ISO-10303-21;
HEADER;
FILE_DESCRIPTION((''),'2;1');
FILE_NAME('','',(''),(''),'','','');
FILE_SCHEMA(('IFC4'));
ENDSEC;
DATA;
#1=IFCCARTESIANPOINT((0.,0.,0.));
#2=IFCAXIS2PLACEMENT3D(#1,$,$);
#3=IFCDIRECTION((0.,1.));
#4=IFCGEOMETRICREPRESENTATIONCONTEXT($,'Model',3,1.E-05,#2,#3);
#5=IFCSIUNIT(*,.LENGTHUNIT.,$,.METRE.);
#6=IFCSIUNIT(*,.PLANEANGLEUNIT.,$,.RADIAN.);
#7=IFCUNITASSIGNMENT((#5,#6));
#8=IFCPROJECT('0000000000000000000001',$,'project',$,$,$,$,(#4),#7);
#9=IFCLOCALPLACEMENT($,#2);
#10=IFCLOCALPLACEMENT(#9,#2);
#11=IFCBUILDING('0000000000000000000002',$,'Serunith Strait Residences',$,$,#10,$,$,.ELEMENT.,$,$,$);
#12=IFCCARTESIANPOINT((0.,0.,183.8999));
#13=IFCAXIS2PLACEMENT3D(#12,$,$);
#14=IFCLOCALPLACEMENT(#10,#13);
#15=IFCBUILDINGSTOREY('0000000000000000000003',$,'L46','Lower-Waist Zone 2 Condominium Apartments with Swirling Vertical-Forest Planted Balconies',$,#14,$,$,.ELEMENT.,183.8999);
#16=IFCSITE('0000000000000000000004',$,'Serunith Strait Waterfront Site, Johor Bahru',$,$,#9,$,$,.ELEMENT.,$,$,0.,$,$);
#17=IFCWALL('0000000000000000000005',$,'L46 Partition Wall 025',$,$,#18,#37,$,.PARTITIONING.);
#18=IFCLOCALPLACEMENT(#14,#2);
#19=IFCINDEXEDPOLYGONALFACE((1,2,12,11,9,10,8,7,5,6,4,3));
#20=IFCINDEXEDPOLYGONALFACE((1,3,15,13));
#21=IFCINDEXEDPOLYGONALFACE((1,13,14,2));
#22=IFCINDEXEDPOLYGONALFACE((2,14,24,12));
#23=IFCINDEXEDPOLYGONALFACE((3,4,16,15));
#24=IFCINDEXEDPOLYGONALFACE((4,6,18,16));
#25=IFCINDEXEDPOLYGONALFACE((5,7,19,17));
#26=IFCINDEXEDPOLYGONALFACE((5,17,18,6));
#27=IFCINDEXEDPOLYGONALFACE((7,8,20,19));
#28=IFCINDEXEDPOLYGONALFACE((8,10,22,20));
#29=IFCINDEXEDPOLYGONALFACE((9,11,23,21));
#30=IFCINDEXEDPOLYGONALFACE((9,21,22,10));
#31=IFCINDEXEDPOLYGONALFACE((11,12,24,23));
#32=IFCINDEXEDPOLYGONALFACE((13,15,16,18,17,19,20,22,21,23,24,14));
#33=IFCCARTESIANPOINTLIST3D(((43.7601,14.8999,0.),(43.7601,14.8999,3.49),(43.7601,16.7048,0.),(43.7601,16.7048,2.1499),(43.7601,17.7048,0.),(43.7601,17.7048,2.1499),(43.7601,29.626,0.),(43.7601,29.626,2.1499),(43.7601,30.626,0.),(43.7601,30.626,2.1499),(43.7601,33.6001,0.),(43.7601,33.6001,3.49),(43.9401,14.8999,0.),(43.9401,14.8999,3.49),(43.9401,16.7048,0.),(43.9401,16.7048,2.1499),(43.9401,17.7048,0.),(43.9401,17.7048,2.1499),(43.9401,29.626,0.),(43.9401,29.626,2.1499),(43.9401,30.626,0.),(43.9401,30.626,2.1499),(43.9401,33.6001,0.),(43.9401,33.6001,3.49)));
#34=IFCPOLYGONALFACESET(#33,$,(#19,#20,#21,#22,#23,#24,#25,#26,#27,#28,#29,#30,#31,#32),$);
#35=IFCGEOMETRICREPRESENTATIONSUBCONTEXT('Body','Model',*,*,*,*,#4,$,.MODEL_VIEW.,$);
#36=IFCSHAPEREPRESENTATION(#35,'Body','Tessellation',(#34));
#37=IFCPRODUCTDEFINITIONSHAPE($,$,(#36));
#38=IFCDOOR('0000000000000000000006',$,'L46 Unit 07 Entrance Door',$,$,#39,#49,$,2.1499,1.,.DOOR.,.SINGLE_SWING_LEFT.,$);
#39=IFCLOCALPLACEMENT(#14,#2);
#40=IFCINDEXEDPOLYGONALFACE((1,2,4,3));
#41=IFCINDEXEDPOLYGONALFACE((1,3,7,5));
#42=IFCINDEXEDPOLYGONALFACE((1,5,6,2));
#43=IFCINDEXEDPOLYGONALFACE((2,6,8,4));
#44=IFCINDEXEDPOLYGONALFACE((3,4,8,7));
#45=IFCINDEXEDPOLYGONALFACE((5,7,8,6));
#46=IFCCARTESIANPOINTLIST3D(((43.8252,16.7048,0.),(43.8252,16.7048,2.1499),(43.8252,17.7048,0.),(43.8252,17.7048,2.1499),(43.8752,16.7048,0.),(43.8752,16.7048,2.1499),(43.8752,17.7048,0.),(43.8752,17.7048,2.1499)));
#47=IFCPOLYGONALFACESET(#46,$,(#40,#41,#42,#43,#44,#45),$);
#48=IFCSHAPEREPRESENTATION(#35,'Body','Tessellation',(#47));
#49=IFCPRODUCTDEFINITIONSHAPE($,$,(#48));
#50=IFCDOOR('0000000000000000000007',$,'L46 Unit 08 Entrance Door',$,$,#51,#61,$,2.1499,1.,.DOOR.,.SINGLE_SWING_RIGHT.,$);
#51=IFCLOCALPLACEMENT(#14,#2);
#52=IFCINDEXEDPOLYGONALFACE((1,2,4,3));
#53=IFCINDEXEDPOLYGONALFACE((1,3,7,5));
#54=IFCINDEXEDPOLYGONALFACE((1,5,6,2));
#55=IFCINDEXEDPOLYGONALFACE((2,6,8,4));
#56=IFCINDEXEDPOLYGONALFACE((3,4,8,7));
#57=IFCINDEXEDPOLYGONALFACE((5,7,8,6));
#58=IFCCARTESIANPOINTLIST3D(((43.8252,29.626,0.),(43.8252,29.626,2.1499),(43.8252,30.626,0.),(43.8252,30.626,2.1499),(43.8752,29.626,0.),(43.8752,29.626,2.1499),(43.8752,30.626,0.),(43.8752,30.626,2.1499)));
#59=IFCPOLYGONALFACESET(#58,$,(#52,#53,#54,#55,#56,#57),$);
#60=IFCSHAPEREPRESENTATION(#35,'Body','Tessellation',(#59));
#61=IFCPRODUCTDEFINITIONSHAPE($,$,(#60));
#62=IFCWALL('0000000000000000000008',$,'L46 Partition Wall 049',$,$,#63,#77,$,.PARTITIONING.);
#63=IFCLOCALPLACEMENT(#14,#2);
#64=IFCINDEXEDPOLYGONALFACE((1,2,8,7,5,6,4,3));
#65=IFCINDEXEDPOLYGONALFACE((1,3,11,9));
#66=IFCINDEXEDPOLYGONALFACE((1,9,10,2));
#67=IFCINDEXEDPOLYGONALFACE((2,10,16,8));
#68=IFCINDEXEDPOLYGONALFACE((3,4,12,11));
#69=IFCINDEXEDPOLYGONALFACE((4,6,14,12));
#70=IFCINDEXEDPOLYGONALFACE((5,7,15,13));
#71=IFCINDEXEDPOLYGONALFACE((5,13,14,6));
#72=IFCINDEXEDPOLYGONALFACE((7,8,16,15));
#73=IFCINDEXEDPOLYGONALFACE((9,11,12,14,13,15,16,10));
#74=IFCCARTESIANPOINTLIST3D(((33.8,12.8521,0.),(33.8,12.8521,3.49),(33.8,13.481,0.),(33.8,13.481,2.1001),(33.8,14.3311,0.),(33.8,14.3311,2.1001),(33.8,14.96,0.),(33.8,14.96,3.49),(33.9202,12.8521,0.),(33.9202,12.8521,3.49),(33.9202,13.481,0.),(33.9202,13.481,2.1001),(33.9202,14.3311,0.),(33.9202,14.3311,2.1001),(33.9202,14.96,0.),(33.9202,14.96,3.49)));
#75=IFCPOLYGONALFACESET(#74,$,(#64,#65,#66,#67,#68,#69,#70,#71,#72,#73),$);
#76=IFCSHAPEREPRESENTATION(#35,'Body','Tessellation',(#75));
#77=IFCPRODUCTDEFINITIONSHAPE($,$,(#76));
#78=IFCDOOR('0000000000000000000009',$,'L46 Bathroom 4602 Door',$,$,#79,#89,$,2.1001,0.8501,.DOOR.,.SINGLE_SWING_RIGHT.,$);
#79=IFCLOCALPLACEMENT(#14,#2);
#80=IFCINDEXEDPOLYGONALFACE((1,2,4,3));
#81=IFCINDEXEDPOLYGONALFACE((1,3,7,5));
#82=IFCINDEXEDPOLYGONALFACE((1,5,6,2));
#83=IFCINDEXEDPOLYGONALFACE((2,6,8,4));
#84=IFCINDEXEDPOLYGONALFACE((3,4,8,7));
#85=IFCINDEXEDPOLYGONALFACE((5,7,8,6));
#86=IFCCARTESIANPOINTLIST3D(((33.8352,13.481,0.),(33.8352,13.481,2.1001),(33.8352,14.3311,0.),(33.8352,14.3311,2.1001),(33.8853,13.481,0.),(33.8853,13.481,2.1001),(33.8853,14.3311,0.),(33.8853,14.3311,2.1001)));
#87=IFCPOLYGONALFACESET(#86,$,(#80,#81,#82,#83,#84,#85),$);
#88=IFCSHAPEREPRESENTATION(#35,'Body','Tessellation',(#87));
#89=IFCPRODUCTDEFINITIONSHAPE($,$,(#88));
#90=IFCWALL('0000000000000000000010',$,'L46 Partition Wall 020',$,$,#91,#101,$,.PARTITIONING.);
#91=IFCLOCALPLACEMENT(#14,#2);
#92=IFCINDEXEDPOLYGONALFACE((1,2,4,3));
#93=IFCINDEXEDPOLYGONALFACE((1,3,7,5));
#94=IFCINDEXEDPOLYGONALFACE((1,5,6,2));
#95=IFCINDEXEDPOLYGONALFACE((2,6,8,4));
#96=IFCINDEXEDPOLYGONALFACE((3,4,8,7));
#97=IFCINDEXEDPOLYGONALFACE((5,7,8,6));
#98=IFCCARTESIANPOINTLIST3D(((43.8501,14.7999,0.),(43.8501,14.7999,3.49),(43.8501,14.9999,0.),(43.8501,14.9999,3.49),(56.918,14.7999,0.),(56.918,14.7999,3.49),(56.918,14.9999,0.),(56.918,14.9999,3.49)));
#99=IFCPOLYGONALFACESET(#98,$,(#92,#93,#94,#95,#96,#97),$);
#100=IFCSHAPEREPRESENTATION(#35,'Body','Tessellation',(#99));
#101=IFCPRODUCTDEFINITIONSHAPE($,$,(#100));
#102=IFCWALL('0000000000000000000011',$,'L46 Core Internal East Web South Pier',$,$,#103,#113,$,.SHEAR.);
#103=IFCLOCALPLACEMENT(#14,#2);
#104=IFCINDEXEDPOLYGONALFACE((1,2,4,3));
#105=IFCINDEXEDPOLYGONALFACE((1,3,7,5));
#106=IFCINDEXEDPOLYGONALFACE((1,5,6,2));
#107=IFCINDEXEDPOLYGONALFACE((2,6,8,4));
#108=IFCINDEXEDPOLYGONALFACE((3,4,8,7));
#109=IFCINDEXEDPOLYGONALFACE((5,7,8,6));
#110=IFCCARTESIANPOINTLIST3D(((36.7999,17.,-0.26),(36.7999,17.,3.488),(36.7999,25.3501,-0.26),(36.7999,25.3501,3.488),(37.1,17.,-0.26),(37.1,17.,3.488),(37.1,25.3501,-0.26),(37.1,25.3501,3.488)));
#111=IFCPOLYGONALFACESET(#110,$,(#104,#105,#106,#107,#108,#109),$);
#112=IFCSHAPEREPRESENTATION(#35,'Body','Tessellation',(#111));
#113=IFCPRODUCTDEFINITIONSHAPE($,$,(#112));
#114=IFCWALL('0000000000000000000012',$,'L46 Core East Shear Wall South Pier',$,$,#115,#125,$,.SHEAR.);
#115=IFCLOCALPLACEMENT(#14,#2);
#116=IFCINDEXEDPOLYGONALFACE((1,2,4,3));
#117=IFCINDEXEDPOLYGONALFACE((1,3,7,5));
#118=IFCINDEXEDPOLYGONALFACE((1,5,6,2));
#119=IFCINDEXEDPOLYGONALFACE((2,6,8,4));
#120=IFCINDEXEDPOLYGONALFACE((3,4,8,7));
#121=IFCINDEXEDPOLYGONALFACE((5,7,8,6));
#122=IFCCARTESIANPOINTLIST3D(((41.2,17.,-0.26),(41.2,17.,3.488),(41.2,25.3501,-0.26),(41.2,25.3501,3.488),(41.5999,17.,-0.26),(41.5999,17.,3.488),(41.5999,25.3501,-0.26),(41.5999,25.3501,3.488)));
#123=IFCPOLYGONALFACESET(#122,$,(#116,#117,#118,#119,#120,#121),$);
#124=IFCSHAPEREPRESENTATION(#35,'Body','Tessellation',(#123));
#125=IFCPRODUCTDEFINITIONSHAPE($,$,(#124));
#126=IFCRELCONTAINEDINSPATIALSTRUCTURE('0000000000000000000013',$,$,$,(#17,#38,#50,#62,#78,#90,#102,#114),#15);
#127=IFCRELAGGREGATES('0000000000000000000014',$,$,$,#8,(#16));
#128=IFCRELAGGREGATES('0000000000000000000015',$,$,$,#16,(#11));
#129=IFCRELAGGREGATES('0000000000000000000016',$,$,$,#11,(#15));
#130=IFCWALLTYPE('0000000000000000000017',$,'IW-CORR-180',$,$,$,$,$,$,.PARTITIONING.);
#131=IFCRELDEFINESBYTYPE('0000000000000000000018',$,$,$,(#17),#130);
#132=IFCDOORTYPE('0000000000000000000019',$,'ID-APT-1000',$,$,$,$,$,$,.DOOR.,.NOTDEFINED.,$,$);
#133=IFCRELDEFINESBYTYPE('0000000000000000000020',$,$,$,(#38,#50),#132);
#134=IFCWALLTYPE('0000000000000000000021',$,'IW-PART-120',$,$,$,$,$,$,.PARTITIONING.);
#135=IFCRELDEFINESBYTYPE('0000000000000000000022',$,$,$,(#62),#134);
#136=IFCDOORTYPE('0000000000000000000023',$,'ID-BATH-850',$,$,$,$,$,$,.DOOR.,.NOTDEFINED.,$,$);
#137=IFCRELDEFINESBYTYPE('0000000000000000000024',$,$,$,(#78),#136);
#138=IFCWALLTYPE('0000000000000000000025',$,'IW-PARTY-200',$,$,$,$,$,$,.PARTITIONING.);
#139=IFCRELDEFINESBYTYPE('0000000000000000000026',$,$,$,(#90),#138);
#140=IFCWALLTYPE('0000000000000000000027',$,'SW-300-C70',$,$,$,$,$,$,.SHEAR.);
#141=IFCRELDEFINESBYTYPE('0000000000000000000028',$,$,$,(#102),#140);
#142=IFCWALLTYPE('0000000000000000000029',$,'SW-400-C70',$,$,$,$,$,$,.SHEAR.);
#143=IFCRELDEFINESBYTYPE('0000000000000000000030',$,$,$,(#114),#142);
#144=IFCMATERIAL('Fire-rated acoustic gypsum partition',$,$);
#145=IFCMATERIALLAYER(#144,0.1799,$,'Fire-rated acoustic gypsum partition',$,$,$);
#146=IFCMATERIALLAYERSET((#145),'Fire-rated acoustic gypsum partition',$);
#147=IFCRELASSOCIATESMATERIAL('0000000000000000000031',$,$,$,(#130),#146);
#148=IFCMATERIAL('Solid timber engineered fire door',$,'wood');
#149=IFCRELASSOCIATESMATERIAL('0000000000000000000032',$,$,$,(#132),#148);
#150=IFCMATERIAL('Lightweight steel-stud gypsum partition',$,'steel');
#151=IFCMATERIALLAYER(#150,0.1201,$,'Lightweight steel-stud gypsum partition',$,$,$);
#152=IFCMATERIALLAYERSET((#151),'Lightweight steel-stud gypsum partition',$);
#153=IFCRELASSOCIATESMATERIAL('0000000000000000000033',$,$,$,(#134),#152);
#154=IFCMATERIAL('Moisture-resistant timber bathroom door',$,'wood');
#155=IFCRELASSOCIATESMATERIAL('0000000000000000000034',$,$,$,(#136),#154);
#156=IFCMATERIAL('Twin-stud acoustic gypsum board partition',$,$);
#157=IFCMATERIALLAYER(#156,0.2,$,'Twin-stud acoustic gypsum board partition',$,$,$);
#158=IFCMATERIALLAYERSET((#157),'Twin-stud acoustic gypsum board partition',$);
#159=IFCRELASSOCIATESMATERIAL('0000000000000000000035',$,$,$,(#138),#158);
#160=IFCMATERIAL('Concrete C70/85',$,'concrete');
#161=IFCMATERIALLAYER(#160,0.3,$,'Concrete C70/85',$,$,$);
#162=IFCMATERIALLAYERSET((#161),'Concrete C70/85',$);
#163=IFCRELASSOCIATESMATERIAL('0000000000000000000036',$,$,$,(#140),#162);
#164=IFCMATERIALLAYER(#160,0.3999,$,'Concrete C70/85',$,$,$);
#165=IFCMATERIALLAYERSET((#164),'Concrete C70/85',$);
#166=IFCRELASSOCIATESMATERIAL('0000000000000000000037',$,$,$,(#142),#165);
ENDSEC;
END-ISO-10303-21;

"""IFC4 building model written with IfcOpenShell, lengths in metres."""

from ifc_helpers import new_model, si_unit, direction, frame, frame_2d, origin, place, context, subcontext, project, spatial, rectangle, extrude, source, transform, mapped, material, layer, layer_set, type_object, element, fill, save


model = new_model("IFC4")

# Units and contexts
model_context = context("Model", 3, precision=1e-05, world=origin(), true_north=direction((0.0, 1.0)))
body_context = subcontext(model_context, "Body", "Model", "MODEL_VIEW")
ifc_project = project(units=[si_unit("LENGTHUNIT", "METRE"), si_unit("PLANEANGLEUNIT", "RADIAN")], contexts=[model_context])

# Site, building, storey
site_placement = place(None, origin())
site = spatial("IfcSite", under=ifc_project, at=site_placement, Name="Serunith Strait Waterfront Site, Johor Bahru", CompositionType="ELEMENT", RefElevation=0.0)
building_placement = place(site_placement, origin())
building = spatial("IfcBuilding", under=site, at=building_placement, Name="Serunith Strait Residences", CompositionType="ELEMENT")
storey_placement = place(building_placement, frame((0.0, 0.0, 183.8999)))
storey = spatial("IfcBuildingStorey", under=building, at=storey_placement, Name="L46", Description="Lower-Waist Zone 2 Condominium Apartments with Swirling Vertical-Forest Planted Balconies", CompositionType="ELEMENT", Elevation=183.8999)

# Wall, openings, doors
ifc_material_1 = material(Name="Fire-rated acoustic gypsum partition")
ifc_layer_1 = layer(ifc_material_1, 0.1799, Name="Fire-rated acoustic gypsum partition")
ifc_layer_set_1 = layer_set([ifc_layer_1], Name="Fire-rated acoustic gypsum partition")
wall_type_1 = type_object("IfcWallType", Name="IW-CORR-180", PredefinedType="PARTITIONING", material=ifc_layer_set_1)
wall_1_placement = place(storey_placement, frame((43.8501, 14.8999, 0.0), z_axis=(0.0, 0.0, 1.0), x_axis=(0.0, 1.0, 0.0)))
wall_1 = element("IfcWall", 1, at=wall_1_placement, inside=storey, type_object=wall_type_1, Name="L46 Partition Wall 025", PredefinedType="PARTITIONING", context=body_context, shape_type="SweptSolid", body=[
    extrude(rectangle(XDim=18.7002, YDim=0.1799, at=frame_2d((9.3501, 0.0))), origin(), (0.0, 0.0, 1.0), 3.49),
])
opening_1_placement = place(wall_1_placement, frame((1.8049, 0.0, 0.0)))
opening_1 = element("IfcOpeningElement", 2, at=opening_1_placement, cuts=wall_1, PredefinedType="OPENING", context=body_context, shape_type="SweptSolid", body=[
    extrude(rectangle(XDim=1.0, YDim=2.1499, at=frame_2d((0.5, 1.075))), frame((0.0, 0.1001, 0.0), z_axis=(0.0, -1.0, 0.0), x_axis=(1.0, 0.0, 0.0)), (0.0, 0.0, 1.0), 0.2),
])
opening_2_placement = place(wall_1_placement, frame((14.7261, 0.0, 0.0)))
opening_2 = element("IfcOpeningElement", 3, at=opening_2_placement, cuts=wall_1, PredefinedType="OPENING", context=body_context, shape_type="SweptSolid", body=[
    extrude(rectangle(XDim=1.0, YDim=2.1499, at=frame_2d((0.5, 1.075))), frame((0.0, 0.1001, 0.0), z_axis=(0.0, -1.0, 0.0), x_axis=(1.0, 0.0, 0.0)), (0.0, 0.0, 1.0), 0.2),
])
ifc_material_2 = material(Name="Solid timber engineered fire door", Category="wood")
door_type_1 = type_object("IfcDoorType", Name="ID-APT-1000", OperationType="NOTDEFINED", PredefinedType="DOOR", material=ifc_material_2)
shared_shape_1 = source(origin(), body_context, "Body", "SweptSolid", [
    extrude(rectangle(XDim=1.0, YDim=2.1499, at=frame_2d((0.5, 1.075))), frame((0.0, 0.0249, 0.0), z_axis=(0.0, -1.0, 0.0), x_axis=(1.0, 0.0, 0.0)), (0.0, 0.0, 1.0), 0.05),
])
door_1_placement = place(opening_1_placement, origin())
door_1 = element("IfcDoor", 4, at=door_1_placement, inside=storey, type_object=door_type_1, Name="L46 Unit 07 Entrance Door", OperationType="SINGLE_SWING_LEFT", OverallHeight=2.1499, OverallWidth=1.0, PredefinedType="DOOR", context=body_context, shape_type="MappedRepresentation", body=[
    mapped(shared_shape_1, transform((0.0, 0.0, 0.0), scale=1.0)),
])
fill(opening_1, door_1)
door_2_placement = place(opening_2_placement, origin())
door_2 = element("IfcDoor", 5, at=door_2_placement, inside=storey, type_object=door_type_1, Name="L46 Unit 08 Entrance Door", OperationType="SINGLE_SWING_RIGHT", OverallHeight=2.1499, OverallWidth=1.0, PredefinedType="DOOR", context=body_context, shape_type="MappedRepresentation", body=[
    mapped(shared_shape_1, transform((0.0, 0.0, 0.0), scale=1.0)),
])
fill(opening_2, door_2)

# Wall, opening, door
ifc_material_3 = material(Name="Lightweight steel-stud gypsum partition", Category="steel")
ifc_layer_2 = layer(ifc_material_3, 0.1201, Name="Lightweight steel-stud gypsum partition")
ifc_layer_set_2 = layer_set([ifc_layer_2], Name="Lightweight steel-stud gypsum partition")
wall_type_2 = type_object("IfcWallType", Name="IW-PART-120", PredefinedType="PARTITIONING", material=ifc_layer_set_2)
wall_2_placement = place(storey_placement, frame((33.8601, 12.8521, 0.0), z_axis=(0.0, 0.0, 1.0), x_axis=(0.0, 1.0, 0.0)))
wall_2 = element("IfcWall", 6, at=wall_2_placement, inside=storey, type_object=wall_type_2, Name="L46 Partition Wall 049", PredefinedType="PARTITIONING", context=body_context, shape_type="SweptSolid", body=[
    extrude(rectangle(XDim=2.1079, YDim=0.1201, at=frame_2d((1.054, 0.0))), origin(), (0.0, 0.0, 1.0), 3.49),
])
opening_3_placement = place(wall_2_placement, frame((0.6289, 0.0, 0.0)))
opening_3 = element("IfcOpeningElement", 7, at=opening_3_placement, cuts=wall_2, PredefinedType="OPENING", context=body_context, shape_type="SweptSolid", body=[
    extrude(rectangle(XDim=0.8501, YDim=2.1001, at=frame_2d((0.425, 1.05))), frame((0.0, 0.0701, 0.0), z_axis=(0.0, -1.0, 0.0), x_axis=(1.0, 0.0, 0.0)), (0.0, 0.0, 1.0), 0.1401),
])
ifc_material_4 = material(Name="Moisture-resistant timber bathroom door", Category="wood")
door_type_2 = type_object("IfcDoorType", Name="ID-BATH-850", OperationType="NOTDEFINED", PredefinedType="DOOR", material=ifc_material_4)
shared_shape_2 = source(origin(), body_context, "Body", "SweptSolid", [
    extrude(rectangle(XDim=0.8501, YDim=2.1001, at=frame_2d((0.425, 1.05))), frame((0.0, 0.0249, 0.0), z_axis=(0.0, -1.0, 0.0), x_axis=(1.0, 0.0, 0.0)), (0.0, 0.0, 1.0), 0.05),
])
door_3_placement = place(opening_3_placement, origin())
door_3 = element("IfcDoor", 8, at=door_3_placement, inside=storey, type_object=door_type_2, Name="L46 Bathroom 4602 Door", OperationType="SINGLE_SWING_RIGHT", OverallHeight=2.1001, OverallWidth=0.8501, PredefinedType="DOOR", context=body_context, shape_type="MappedRepresentation", body=[
    mapped(shared_shape_2, transform((0.0, 0.0, 0.0), scale=1.0)),
])
fill(opening_3, door_3)

# Walls
ifc_material_5 = material(Name="Twin-stud acoustic gypsum board partition")
ifc_layer_3 = layer(ifc_material_5, 0.2, Name="Twin-stud acoustic gypsum board partition")
ifc_layer_set_3 = layer_set([ifc_layer_3], Name="Twin-stud acoustic gypsum board partition")
wall_type_3 = type_object("IfcWallType", Name="IW-PARTY-200", PredefinedType="PARTITIONING", material=ifc_layer_set_3)
wall_3_placement = place(storey_placement, frame((43.8501, 14.8999, 0.0), z_axis=(0.0, 0.0, 1.0), x_axis=(1.0, 0.0, 0.0)))
element("IfcWall", 9, at=wall_3_placement, inside=storey, type_object=wall_type_3, Name="L46 Partition Wall 020", PredefinedType="PARTITIONING", context=body_context, shape_type="SweptSolid", body=[
    extrude(rectangle(XDim=13.0679, YDim=0.2, at=frame_2d((6.5339, 0.0))), origin(), (0.0, 0.0, 1.0), 3.49),
])
ifc_material_6 = material(Name="Concrete C70/85", Category="concrete")
ifc_layer_4 = layer(ifc_material_6, 0.3, Name="Concrete C70/85")
ifc_layer_set_4 = layer_set([ifc_layer_4], Name="Concrete C70/85")
wall_type_4 = type_object("IfcWallType", Name="SW-300-C70", PredefinedType="SHEAR", material=ifc_layer_set_4)
wall_4_placement = place(storey_placement, frame((36.95, 17.0, -0.26), z_axis=(0.0, 0.0, 1.0), x_axis=(0.0, 1.0, 0.0)))
element("IfcWall", 10, at=wall_4_placement, inside=storey, type_object=wall_type_4, Name="L46 Core Internal East Web South Pier", PredefinedType="SHEAR", context=body_context, shape_type="SweptSolid", body=[
    extrude(rectangle(XDim=8.3501, YDim=0.3, at=frame_2d((4.175, 0.0))), origin(), (0.0, 0.0, 1.0), 3.748),
])
ifc_layer_5 = layer(ifc_material_6, 0.3999, Name="Concrete C70/85")
ifc_layer_set_5 = layer_set([ifc_layer_5], Name="Concrete C70/85")
wall_type_5 = type_object("IfcWallType", Name="SW-400-C70", PredefinedType="SHEAR", material=ifc_layer_set_5)
wall_5_placement = place(storey_placement, frame((41.3999, 17.0, -0.26), z_axis=(0.0, 0.0, 1.0), x_axis=(0.0, 1.0, 0.0)))
element("IfcWall", 11, at=wall_5_placement, inside=storey, type_object=wall_type_5, Name="L46 Core East Shear Wall South Pier", PredefinedType="SHEAR", context=body_context, shape_type="SweptSolid", body=[
    extrude(rectangle(XDim=8.3501, YDim=0.3999, at=frame_2d((4.175, 0.0))), origin(), (0.0, 0.0, 1.0), 3.748),
])

save(model, "model.ifc")
